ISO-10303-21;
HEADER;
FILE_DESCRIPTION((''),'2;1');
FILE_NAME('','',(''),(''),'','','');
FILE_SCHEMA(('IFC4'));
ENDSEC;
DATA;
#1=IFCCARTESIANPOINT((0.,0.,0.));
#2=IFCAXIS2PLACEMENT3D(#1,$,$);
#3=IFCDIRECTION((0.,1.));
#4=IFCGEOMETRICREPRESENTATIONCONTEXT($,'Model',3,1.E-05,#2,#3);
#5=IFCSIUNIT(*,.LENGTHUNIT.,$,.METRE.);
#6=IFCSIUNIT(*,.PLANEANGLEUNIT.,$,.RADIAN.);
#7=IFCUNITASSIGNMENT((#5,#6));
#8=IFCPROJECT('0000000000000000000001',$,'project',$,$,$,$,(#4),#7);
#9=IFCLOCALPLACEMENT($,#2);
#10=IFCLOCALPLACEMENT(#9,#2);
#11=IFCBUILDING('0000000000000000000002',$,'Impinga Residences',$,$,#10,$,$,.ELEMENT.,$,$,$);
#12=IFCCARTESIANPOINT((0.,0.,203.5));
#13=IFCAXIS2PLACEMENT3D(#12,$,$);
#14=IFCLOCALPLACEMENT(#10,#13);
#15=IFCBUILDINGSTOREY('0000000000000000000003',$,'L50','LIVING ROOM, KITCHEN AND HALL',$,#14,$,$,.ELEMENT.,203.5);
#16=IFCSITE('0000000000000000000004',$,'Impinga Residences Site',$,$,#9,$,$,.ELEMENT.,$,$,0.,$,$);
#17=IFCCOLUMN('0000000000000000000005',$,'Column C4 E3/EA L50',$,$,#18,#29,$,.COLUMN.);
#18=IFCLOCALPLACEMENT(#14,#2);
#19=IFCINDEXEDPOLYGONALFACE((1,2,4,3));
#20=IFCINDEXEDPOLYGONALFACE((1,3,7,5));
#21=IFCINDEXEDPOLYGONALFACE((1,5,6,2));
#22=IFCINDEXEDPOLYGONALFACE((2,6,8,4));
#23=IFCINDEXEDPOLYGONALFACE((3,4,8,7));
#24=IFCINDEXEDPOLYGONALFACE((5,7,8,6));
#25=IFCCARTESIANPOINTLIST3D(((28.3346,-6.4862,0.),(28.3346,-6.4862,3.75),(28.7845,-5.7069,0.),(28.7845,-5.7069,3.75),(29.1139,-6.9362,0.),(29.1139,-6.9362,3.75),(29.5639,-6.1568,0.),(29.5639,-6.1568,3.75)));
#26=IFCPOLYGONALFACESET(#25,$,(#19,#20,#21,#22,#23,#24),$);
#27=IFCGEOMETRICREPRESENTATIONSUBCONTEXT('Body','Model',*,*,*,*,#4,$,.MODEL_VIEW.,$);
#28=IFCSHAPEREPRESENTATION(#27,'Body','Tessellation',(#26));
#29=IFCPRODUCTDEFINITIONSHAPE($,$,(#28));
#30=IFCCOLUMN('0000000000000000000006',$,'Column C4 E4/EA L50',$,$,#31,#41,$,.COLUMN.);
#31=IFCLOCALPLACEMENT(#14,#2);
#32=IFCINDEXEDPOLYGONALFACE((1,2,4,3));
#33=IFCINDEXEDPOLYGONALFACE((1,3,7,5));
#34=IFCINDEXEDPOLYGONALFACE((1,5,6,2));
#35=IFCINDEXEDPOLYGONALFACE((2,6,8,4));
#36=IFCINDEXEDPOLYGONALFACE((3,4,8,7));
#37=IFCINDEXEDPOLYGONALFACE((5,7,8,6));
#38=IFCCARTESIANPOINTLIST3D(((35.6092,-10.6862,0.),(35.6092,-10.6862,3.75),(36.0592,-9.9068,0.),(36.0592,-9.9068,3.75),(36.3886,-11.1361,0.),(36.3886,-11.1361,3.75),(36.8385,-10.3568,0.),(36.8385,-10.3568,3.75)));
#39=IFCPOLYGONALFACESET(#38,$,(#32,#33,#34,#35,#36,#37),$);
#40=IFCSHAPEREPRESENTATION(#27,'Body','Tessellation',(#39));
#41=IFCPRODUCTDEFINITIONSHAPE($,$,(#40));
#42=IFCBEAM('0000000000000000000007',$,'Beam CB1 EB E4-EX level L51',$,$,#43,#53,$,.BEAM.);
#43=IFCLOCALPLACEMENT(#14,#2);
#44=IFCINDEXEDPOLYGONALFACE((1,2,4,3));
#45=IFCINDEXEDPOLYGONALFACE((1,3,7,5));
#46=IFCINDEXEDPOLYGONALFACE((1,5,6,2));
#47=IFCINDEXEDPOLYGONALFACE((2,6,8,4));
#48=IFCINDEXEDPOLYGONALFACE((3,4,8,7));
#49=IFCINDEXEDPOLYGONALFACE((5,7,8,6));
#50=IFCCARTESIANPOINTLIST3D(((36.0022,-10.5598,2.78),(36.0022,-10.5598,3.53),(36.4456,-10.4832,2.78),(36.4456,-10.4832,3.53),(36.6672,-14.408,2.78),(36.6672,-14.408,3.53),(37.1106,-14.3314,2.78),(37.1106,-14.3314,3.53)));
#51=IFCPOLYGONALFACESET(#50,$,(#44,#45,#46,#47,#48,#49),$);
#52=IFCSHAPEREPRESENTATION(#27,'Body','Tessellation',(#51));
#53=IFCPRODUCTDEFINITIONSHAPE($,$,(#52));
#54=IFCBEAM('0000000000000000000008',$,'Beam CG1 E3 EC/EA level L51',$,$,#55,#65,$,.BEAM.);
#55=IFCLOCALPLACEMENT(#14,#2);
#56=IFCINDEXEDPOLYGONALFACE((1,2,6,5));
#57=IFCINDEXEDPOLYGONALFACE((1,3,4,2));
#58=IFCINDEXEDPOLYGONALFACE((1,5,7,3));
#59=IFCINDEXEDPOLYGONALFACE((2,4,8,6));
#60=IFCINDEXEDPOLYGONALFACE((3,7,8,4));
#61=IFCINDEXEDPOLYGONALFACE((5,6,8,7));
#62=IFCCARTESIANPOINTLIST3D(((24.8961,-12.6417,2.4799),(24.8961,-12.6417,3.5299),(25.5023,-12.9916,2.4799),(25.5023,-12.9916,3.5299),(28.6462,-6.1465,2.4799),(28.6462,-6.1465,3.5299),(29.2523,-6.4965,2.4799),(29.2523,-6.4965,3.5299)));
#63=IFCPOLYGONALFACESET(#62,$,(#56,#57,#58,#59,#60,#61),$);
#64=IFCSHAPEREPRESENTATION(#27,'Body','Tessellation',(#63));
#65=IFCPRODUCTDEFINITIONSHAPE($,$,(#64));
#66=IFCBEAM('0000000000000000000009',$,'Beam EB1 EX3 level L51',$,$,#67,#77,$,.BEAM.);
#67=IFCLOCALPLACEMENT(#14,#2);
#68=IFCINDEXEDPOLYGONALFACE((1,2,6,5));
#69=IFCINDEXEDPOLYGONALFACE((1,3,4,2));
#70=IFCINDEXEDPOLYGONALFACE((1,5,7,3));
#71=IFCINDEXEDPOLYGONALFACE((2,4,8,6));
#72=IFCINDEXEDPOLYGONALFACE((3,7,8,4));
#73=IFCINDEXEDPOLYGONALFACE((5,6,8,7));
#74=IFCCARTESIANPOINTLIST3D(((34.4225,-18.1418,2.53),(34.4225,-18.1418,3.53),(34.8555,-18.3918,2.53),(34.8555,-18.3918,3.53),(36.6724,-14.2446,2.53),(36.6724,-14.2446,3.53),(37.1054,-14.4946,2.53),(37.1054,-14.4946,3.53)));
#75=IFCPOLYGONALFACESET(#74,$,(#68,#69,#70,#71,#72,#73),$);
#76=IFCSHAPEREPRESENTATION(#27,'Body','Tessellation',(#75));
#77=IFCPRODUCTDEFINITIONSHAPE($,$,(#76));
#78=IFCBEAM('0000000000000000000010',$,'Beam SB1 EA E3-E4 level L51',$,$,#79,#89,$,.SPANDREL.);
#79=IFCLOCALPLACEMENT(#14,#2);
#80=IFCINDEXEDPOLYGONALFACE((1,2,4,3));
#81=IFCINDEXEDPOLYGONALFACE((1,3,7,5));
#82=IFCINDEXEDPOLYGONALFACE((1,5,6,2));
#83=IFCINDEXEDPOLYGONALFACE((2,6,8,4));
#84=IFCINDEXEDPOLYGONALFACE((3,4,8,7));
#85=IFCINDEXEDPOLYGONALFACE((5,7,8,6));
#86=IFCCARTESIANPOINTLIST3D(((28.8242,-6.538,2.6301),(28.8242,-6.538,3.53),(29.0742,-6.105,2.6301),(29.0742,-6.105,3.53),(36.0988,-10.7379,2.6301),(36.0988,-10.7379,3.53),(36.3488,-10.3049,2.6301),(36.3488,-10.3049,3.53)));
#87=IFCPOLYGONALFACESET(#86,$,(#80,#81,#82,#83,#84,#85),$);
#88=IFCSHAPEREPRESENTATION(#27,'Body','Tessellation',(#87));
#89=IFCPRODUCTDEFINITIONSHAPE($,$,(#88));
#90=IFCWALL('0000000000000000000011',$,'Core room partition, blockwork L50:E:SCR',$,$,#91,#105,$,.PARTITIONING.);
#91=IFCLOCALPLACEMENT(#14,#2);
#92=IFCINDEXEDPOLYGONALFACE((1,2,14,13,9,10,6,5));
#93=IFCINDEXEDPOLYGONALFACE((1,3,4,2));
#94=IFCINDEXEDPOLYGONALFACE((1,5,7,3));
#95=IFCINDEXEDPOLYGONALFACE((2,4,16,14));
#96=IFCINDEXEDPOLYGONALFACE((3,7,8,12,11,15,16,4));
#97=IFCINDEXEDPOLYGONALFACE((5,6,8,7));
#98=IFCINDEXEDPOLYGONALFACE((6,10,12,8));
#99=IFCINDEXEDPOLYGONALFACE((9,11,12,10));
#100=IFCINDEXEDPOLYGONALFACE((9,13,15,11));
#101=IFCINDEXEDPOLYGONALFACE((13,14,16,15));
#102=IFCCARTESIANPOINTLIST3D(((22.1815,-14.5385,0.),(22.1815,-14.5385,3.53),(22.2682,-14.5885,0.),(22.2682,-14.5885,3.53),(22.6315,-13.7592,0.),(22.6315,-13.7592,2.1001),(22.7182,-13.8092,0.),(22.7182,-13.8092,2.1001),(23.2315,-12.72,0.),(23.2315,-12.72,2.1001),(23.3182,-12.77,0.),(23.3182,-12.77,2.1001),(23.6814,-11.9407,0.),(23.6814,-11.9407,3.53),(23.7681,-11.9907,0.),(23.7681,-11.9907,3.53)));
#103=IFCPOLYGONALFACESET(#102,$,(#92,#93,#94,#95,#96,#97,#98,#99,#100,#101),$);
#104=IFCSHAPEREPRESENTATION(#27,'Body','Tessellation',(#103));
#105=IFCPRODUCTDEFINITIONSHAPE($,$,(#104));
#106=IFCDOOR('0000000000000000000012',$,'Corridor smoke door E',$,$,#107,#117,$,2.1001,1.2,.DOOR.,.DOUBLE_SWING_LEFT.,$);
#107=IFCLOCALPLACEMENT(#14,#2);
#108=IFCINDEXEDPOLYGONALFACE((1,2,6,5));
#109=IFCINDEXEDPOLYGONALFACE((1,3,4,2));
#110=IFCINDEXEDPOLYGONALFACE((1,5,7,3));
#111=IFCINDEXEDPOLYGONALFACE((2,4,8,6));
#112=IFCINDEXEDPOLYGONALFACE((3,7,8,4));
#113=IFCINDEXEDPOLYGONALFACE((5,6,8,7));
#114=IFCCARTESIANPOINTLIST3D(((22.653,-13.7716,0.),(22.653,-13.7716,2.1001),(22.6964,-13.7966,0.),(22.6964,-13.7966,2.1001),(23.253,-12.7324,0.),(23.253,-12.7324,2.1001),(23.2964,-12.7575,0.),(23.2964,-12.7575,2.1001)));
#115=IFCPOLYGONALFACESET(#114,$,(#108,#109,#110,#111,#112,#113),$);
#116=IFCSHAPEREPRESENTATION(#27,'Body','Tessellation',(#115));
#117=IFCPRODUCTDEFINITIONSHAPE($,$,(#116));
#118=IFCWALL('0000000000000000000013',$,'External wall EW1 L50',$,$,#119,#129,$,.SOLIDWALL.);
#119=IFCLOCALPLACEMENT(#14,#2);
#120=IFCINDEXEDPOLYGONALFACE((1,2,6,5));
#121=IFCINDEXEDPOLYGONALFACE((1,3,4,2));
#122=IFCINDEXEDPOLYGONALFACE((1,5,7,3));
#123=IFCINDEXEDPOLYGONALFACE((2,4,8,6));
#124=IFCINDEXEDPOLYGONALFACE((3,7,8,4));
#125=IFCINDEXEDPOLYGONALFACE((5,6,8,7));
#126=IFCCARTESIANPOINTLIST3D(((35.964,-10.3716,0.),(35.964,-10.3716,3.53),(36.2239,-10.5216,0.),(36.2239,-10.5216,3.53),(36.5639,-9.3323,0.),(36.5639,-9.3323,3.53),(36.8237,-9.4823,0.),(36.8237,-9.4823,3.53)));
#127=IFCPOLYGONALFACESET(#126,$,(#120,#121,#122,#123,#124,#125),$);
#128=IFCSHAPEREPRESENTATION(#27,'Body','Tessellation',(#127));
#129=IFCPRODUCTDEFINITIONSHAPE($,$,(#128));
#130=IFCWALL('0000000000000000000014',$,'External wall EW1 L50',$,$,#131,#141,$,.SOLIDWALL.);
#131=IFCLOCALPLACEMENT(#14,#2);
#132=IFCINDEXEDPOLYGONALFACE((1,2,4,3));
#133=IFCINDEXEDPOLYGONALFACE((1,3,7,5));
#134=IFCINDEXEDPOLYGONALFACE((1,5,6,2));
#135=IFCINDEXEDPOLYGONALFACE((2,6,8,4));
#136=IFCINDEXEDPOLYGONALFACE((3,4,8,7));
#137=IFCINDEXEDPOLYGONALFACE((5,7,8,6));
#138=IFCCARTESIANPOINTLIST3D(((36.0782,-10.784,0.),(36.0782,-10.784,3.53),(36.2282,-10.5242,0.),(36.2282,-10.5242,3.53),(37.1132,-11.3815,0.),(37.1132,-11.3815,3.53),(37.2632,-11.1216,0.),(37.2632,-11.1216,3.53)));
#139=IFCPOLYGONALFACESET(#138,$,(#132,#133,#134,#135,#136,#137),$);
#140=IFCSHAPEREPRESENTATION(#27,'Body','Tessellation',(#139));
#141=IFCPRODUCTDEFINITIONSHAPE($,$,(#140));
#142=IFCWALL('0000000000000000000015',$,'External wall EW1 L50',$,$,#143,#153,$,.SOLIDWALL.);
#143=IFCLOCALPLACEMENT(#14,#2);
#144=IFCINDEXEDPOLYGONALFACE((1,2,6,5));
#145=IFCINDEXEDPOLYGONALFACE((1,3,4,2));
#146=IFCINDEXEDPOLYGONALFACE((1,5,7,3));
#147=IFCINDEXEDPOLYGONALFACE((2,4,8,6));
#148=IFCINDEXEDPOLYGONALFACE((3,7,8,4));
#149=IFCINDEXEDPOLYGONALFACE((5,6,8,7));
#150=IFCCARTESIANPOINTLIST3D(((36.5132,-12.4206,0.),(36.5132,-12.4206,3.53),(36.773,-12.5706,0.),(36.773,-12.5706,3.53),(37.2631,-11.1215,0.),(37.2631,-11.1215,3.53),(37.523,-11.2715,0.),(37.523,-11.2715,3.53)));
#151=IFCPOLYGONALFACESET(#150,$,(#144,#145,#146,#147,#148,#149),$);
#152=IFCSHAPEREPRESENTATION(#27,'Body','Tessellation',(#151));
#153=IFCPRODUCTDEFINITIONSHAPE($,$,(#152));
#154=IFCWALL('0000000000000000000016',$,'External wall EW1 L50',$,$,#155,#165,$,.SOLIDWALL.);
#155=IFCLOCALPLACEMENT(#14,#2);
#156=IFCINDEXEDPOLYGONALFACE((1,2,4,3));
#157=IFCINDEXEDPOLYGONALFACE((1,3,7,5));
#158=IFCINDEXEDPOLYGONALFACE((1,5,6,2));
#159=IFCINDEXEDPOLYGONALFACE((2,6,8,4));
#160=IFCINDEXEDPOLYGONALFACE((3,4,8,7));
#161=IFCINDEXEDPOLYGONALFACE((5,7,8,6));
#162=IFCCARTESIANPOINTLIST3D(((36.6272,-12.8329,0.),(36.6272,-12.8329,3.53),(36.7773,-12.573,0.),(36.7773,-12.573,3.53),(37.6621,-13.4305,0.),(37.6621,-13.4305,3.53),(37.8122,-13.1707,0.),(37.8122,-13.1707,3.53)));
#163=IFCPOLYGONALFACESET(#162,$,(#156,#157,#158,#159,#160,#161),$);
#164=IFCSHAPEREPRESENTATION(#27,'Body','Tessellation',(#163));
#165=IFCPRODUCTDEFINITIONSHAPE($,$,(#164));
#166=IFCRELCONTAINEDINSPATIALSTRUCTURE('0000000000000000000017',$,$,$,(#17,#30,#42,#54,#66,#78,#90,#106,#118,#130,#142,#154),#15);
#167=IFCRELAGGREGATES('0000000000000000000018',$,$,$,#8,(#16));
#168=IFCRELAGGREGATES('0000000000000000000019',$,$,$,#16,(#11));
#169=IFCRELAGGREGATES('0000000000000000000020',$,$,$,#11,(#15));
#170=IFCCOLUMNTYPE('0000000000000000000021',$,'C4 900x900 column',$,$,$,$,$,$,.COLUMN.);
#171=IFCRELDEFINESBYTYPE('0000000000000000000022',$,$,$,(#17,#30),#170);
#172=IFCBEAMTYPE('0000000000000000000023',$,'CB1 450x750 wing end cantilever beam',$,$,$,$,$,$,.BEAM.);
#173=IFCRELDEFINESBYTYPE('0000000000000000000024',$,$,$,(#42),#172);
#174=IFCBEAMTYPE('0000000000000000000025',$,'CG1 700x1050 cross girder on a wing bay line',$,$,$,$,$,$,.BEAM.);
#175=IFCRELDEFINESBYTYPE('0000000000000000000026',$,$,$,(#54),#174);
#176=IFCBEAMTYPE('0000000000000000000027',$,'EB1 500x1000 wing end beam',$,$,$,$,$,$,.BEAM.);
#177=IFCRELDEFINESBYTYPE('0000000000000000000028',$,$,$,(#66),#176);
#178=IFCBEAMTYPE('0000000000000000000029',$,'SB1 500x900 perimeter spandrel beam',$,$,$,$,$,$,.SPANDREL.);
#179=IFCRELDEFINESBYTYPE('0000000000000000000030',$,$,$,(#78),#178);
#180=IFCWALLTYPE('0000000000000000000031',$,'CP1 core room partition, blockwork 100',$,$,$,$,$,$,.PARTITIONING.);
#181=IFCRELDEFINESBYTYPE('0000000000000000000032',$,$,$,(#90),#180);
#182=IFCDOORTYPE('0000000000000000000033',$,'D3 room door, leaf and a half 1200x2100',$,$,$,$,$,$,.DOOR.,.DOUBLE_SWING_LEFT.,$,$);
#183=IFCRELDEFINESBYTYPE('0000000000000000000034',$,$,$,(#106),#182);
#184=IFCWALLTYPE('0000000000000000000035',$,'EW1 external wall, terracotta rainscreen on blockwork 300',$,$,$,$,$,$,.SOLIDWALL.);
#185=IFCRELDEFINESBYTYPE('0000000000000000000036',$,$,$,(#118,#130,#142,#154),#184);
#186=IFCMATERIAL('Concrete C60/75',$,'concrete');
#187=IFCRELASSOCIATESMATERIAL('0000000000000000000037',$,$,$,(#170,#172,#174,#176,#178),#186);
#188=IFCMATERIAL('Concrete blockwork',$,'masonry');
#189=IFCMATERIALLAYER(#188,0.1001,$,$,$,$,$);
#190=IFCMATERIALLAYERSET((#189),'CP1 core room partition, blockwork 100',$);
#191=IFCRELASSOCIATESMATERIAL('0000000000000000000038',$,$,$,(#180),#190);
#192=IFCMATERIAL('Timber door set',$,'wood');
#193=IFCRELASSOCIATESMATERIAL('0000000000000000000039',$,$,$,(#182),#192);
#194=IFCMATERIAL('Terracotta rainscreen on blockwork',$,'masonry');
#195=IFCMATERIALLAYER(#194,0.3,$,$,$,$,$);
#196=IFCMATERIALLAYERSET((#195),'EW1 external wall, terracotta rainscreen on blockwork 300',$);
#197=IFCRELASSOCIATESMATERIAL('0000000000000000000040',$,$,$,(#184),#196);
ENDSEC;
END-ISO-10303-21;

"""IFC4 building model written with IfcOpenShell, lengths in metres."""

from ifc_helpers import new_model, si_unit, direction, frame, frame_2d, origin, origin_2d, place, context, subcontext, project, spatial, rectangle, extrude, material, layer, layer_set, material_profile, profile_set, type_object, element, fill, save


model = new_model("IFC4")

# Units and contexts
model_context = context("Model", 3, precision=1e-05, world=origin(), true_north=direction((0.0, 1.0)))
body_context = subcontext(model_context, "Body", "Model", "MODEL_VIEW")
ifc_project = project(units=[si_unit("LENGTHUNIT", "METRE"), si_unit("PLANEANGLEUNIT", "RADIAN")], contexts=[model_context])

# Site, building, storey
site_placement = place(None, origin())
site = spatial("IfcSite", under=ifc_project, at=site_placement, Name="Impinga Residences Site", CompositionType="ELEMENT", RefElevation=0.0)
building_placement = place(site_placement, origin())
building = spatial("IfcBuilding", under=site, at=building_placement, Name="Impinga Residences", CompositionType="ELEMENT")
storey_placement = place(building_placement, frame((0.0, 0.0, 203.5)))
storey = spatial("IfcBuildingStorey", under=building, at=storey_placement, Name="L50", Description="LIVING ROOM, KITCHEN AND HALL", CompositionType="ELEMENT", Elevation=203.5)

# Columns
ifc_material_1 = material(Name="Concrete C60/75", Category="concrete")
ifc_material_profile_1 = material_profile(ifc_material_1, rectangle(XDim=0.8999, YDim=0.8999, at=origin_2d()), Name="RC 900x900")
ifc_profile_set_1 = profile_set([ifc_material_profile_1], Name="Concrete C60/75")
column_type = type_object("IfcColumnType", Name="C4 900x900 column", PredefinedType="COLUMN", material=ifc_profile_set_1)
for number, where, z_axis, x_axis, name in (
    (1, (28.9492, -6.3215, 0.0), (0.0, 0.0, 1.0), (-0.5, -0.866025, 0.0), "Column C4 E3/EA L50"),
    (2, (36.2239, -10.5215, 0.0), (0.0, 0.0, 1.0), (-0.5, -0.866025, 0.0), "Column C4 E4/EA L50"),
):
    element("IfcColumn", number, at=place(storey_placement, frame(where, z_axis=z_axis, x_axis=x_axis)), inside=storey, type_object=column_type, Name=name, PredefinedType="COLUMN", context=body_context, shape_type="SweptSolid", body=[
        extrude(rectangle(XDim=0.8999, YDim=0.8999, at=origin_2d()), origin(), (0.0, 0.0, 1.0), 3.75),
    ])

# Beams
ifc_material_profile_2 = material_profile(ifc_material_1, rectangle(XDim=0.45, YDim=0.75, at=origin_2d()), Name="RC 450x750")
ifc_profile_set_2 = profile_set([ifc_material_profile_2], Name="Concrete C60/75")
beam_type_1 = type_object("IfcBeamType", Name="CB1 450x750 wing end cantilever beam", PredefinedType="BEAM", material=ifc_profile_set_2)
beam_1_placement = place(storey_placement, frame((36.2239, -10.5215, 3.155), z_axis=(0.170296, -0.985393, 0.0), x_axis=(0.985393, 0.170296, 0.0)))
element("IfcBeam", 3, at=beam_1_placement, inside=storey, type_object=beam_type_1, Name="Beam CB1 EB E4-EX level L51", PredefinedType="BEAM", context=body_context, shape_type="SweptSolid", body=[
    extrude(rectangle(XDim=0.45, YDim=0.75, at=origin_2d()), origin(), (0.0, 0.0, 1.0), 3.9053),
])
ifc_material_profile_3 = material_profile(ifc_material_1, rectangle(XDim=0.7, YDim=1.05, at=origin_2d()), Name="RC 700x1050")
ifc_profile_set_3 = profile_set([ifc_material_profile_3], Name="Concrete C60/75")
beam_type_2 = type_object("IfcBeamType", Name="CG1 700x1050 cross girder on a wing bay line", PredefinedType="BEAM", material=ifc_profile_set_3)
beam_2_placement = place(storey_placement, frame((25.1992, -12.8167, 3.0049), z_axis=(0.500004, 0.866023, 0.0), x_axis=(-0.866023, 0.500004, 0.0)))
element("IfcBeam", 4, at=beam_2_placement, inside=storey, type_object=beam_type_2, Name="Beam CG1 E3 EC/EA level L51", PredefinedType="BEAM", context=body_context, shape_type="SweptSolid", body=[
    extrude(rectangle(XDim=0.7, YDim=1.05, at=origin_2d()), origin(), (0.0, 0.0, 1.0), 7.5),
])
ifc_material_profile_4 = material_profile(ifc_material_1, rectangle(XDim=0.5, YDim=1.0, at=origin_2d()), Name="RC 500x1000")
ifc_profile_set_4 = profile_set([ifc_material_profile_4], Name="Concrete C60/75")
beam_type_3 = type_object("IfcBeamType", Name="EB1 500x1000 wing end beam", PredefinedType="BEAM", material=ifc_profile_set_4)
beam_3_placement = place(storey_placement, frame((36.8889, -14.3696, 3.03), z_axis=(-0.49999, -0.866031, 0.0), x_axis=(0.866031, -0.49999, 0.0)))
element("IfcBeam", 5, at=beam_3_placement, inside=storey, type_object=beam_type_3, Name="Beam EB1 EX3 level L51", PredefinedType="BEAM", context=body_context, shape_type="SweptSolid", body=[
    extrude(rectangle(XDim=0.5, YDim=1.0, at=origin_2d()), origin(), (0.0, 0.0, 1.0), 4.5),
])
ifc_material_profile_5 = material_profile(ifc_material_1, rectangle(XDim=0.5, YDim=0.8999, at=origin_2d()), Name="RC 500x900")
ifc_profile_set_5 = profile_set([ifc_material_profile_5], Name="Concrete C60/75")
beam_type_4 = type_object("IfcBeamType", Name="SB1 500x900 perimeter spandrel beam", PredefinedType="SPANDREL", material=ifc_profile_set_5)
beam_4_placement = place(storey_placement, frame((28.9492, -6.3215, 3.0801), z_axis=(0.866029, -0.499993, 0.0), x_axis=(0.499993, 0.866029, 0.0)))
element("IfcBeam", 6, at=beam_4_placement, inside=storey, type_object=beam_type_4, Name="Beam SB1 EA E3-E4 level L51", PredefinedType="SPANDREL", context=body_context, shape_type="SweptSolid", body=[
    extrude(rectangle(XDim=0.5, YDim=0.8999, at=origin_2d()), origin(), (0.0, 0.0, 1.0), 8.3999),
])

# Wall, opening, door
ifc_material_2 = material(Name="Concrete blockwork", Category="masonry")
ifc_layer_1 = layer(ifc_material_2, 0.1001)
ifc_layer_set_1 = layer_set([ifc_layer_1], Name="CP1 core room partition, blockwork 100")
wall_type_1 = type_object("IfcWallType", Name="CP1 core room partition, blockwork 100", PredefinedType="PARTITIONING", material=ifc_layer_set_1)
wall_1_placement = place(storey_placement, frame((23.7249, -11.9656, 0.0), z_axis=(0.0, 0.0, 1.0), x_axis=(-0.500025, -0.866011, 0.0)))
wall_1 = element("IfcWall", 7, at=wall_1_placement, inside=storey, type_object=wall_type_1, Name="Core room partition, blockwork L50:E:SCR", PredefinedType="PARTITIONING", context=body_context, shape_type="SweptSolid", body=[
    extrude(rectangle(XDim=2.9998, YDim=0.1001, at=frame_2d((1.5, 0.0))), origin(), (0.0, 0.0, 1.0), 3.53),
])
opening_1_placement = place(wall_1_placement, frame((0.8999, 0.0, 0.0)))
opening_1 = element("IfcOpeningElement", 8, at=opening_1_placement, cuts=wall_1, PredefinedType="OPENING", context=body_context, shape_type="SweptSolid", body=[
    extrude(rectangle(XDim=1.2, YDim=2.1001, at=frame_2d((0.6001, 1.05))), frame((0.0, 0.0601, 0.0), z_axis=(0.0, -1.0, 0.0), x_axis=(1.0, 0.0, 0.0)), (0.0, 0.0, 1.0), 0.1201),
])
ifc_material_3 = material(Name="Timber door set", Category="wood")
door_type_1 = type_object("IfcDoorType", Name="D3 room door, leaf and a half 1200x2100", OperationType="DOUBLE_SWING_LEFT", PredefinedType="DOOR", material=ifc_material_3)
door_1_placement = place(opening_1_placement, origin())
door_1 = element("IfcDoor", 9, at=door_1_placement, inside=storey, type_object=door_type_1, Name="Corridor smoke door E", OperationType="DOUBLE_SWING_LEFT", OverallHeight=2.1001, OverallWidth=1.2, PredefinedType="DOOR", context=body_context, shape_type="SweptSolid", body=[
    extrude(rectangle(XDim=1.2, YDim=2.1001, at=frame_2d((0.6001, 1.05))), frame((0.0, 0.0249, 0.0), z_axis=(0.0, -1.0, 0.0), x_axis=(1.0, 0.0, 0.0)), (0.0, 0.0, 1.0), 0.05),
])
fill(opening_1, door_1)

# Walls
ifc_material_4 = material(Name="Terracotta rainscreen on blockwork", Category="masonry")
ifc_layer_2 = layer(ifc_material_4, 0.3)
ifc_layer_set_2 = layer_set([ifc_layer_2], Name="EW1 external wall, terracotta rainscreen on blockwork 300")
wall_type_2 = type_object("IfcWallType", Name="EW1 external wall, terracotta rainscreen on blockwork 300", PredefinedType="SOLIDWALL", material=ifc_layer_set_2)
wall_2_placement = place(storey_placement, frame((36.6938, -9.4072, 0.0), z_axis=(0.0, 0.0, 1.0), x_axis=(-0.499881, -0.866094, 0.0)))
element("IfcWall", 10, at=wall_2_placement, inside=storey, type_object=wall_type_2, Name="External wall EW1 L50", PredefinedType="SOLIDWALL", context=body_context, shape_type="SweptSolid", body=[
    extrude(rectangle(XDim=1.2, YDim=0.3, at=frame_2d((0.6001, 0.0))), origin(), (0.0, 0.0, 1.0), 3.53),
])
wall_3_placement = place(storey_placement, frame((36.1531, -10.6541, 0.0), z_axis=(0.0, 0.0, 1.0), x_axis=(0.86606, -0.499941, 0.0)))
element("IfcWall", 11, at=wall_3_placement, inside=storey, type_object=wall_type_2, Name="External wall EW1 L50", PredefinedType="SOLIDWALL", context=body_context, shape_type="SweptSolid", body=[
    extrude(rectangle(XDim=1.1951, YDim=0.3, at=frame_2d((0.5977, 0.0))), origin(), (0.0, 0.0, 1.0), 3.53),
])
wall_4_placement = place(storey_placement, frame((37.3931, -11.1965, 0.0), z_axis=(0.0, 0.0, 1.0), x_axis=(-0.49999, -0.866031, 0.0)))
element("IfcWall", 12, at=wall_4_placement, inside=storey, type_object=wall_type_2, Name="External wall EW1 L50", PredefinedType="SOLIDWALL", context=body_context, shape_type="SweptSolid", body=[
    extrude(rectangle(XDim=1.5, YDim=0.3, at=frame_2d((0.75, 0.0))), origin(), (0.0, 0.0, 1.0), 3.53),
])
wall_5_placement = place(storey_placement, frame((36.7021, -12.7029, 0.0), z_axis=(0.0, 0.0, 1.0), x_axis=(0.865971, -0.500094, 0.0)))
element("IfcWall", 13, at=wall_5_placement, inside=storey, type_object=wall_type_2, Name="External wall EW1 L50", PredefinedType="SOLIDWALL", context=body_context, shape_type="SweptSolid", body=[
    extrude(rectangle(XDim=1.1951, YDim=0.3, at=frame_2d((0.5977, 0.0))), origin(), (0.0, 0.0, 1.0), 3.53),
])

save(model, "model.ifc")
